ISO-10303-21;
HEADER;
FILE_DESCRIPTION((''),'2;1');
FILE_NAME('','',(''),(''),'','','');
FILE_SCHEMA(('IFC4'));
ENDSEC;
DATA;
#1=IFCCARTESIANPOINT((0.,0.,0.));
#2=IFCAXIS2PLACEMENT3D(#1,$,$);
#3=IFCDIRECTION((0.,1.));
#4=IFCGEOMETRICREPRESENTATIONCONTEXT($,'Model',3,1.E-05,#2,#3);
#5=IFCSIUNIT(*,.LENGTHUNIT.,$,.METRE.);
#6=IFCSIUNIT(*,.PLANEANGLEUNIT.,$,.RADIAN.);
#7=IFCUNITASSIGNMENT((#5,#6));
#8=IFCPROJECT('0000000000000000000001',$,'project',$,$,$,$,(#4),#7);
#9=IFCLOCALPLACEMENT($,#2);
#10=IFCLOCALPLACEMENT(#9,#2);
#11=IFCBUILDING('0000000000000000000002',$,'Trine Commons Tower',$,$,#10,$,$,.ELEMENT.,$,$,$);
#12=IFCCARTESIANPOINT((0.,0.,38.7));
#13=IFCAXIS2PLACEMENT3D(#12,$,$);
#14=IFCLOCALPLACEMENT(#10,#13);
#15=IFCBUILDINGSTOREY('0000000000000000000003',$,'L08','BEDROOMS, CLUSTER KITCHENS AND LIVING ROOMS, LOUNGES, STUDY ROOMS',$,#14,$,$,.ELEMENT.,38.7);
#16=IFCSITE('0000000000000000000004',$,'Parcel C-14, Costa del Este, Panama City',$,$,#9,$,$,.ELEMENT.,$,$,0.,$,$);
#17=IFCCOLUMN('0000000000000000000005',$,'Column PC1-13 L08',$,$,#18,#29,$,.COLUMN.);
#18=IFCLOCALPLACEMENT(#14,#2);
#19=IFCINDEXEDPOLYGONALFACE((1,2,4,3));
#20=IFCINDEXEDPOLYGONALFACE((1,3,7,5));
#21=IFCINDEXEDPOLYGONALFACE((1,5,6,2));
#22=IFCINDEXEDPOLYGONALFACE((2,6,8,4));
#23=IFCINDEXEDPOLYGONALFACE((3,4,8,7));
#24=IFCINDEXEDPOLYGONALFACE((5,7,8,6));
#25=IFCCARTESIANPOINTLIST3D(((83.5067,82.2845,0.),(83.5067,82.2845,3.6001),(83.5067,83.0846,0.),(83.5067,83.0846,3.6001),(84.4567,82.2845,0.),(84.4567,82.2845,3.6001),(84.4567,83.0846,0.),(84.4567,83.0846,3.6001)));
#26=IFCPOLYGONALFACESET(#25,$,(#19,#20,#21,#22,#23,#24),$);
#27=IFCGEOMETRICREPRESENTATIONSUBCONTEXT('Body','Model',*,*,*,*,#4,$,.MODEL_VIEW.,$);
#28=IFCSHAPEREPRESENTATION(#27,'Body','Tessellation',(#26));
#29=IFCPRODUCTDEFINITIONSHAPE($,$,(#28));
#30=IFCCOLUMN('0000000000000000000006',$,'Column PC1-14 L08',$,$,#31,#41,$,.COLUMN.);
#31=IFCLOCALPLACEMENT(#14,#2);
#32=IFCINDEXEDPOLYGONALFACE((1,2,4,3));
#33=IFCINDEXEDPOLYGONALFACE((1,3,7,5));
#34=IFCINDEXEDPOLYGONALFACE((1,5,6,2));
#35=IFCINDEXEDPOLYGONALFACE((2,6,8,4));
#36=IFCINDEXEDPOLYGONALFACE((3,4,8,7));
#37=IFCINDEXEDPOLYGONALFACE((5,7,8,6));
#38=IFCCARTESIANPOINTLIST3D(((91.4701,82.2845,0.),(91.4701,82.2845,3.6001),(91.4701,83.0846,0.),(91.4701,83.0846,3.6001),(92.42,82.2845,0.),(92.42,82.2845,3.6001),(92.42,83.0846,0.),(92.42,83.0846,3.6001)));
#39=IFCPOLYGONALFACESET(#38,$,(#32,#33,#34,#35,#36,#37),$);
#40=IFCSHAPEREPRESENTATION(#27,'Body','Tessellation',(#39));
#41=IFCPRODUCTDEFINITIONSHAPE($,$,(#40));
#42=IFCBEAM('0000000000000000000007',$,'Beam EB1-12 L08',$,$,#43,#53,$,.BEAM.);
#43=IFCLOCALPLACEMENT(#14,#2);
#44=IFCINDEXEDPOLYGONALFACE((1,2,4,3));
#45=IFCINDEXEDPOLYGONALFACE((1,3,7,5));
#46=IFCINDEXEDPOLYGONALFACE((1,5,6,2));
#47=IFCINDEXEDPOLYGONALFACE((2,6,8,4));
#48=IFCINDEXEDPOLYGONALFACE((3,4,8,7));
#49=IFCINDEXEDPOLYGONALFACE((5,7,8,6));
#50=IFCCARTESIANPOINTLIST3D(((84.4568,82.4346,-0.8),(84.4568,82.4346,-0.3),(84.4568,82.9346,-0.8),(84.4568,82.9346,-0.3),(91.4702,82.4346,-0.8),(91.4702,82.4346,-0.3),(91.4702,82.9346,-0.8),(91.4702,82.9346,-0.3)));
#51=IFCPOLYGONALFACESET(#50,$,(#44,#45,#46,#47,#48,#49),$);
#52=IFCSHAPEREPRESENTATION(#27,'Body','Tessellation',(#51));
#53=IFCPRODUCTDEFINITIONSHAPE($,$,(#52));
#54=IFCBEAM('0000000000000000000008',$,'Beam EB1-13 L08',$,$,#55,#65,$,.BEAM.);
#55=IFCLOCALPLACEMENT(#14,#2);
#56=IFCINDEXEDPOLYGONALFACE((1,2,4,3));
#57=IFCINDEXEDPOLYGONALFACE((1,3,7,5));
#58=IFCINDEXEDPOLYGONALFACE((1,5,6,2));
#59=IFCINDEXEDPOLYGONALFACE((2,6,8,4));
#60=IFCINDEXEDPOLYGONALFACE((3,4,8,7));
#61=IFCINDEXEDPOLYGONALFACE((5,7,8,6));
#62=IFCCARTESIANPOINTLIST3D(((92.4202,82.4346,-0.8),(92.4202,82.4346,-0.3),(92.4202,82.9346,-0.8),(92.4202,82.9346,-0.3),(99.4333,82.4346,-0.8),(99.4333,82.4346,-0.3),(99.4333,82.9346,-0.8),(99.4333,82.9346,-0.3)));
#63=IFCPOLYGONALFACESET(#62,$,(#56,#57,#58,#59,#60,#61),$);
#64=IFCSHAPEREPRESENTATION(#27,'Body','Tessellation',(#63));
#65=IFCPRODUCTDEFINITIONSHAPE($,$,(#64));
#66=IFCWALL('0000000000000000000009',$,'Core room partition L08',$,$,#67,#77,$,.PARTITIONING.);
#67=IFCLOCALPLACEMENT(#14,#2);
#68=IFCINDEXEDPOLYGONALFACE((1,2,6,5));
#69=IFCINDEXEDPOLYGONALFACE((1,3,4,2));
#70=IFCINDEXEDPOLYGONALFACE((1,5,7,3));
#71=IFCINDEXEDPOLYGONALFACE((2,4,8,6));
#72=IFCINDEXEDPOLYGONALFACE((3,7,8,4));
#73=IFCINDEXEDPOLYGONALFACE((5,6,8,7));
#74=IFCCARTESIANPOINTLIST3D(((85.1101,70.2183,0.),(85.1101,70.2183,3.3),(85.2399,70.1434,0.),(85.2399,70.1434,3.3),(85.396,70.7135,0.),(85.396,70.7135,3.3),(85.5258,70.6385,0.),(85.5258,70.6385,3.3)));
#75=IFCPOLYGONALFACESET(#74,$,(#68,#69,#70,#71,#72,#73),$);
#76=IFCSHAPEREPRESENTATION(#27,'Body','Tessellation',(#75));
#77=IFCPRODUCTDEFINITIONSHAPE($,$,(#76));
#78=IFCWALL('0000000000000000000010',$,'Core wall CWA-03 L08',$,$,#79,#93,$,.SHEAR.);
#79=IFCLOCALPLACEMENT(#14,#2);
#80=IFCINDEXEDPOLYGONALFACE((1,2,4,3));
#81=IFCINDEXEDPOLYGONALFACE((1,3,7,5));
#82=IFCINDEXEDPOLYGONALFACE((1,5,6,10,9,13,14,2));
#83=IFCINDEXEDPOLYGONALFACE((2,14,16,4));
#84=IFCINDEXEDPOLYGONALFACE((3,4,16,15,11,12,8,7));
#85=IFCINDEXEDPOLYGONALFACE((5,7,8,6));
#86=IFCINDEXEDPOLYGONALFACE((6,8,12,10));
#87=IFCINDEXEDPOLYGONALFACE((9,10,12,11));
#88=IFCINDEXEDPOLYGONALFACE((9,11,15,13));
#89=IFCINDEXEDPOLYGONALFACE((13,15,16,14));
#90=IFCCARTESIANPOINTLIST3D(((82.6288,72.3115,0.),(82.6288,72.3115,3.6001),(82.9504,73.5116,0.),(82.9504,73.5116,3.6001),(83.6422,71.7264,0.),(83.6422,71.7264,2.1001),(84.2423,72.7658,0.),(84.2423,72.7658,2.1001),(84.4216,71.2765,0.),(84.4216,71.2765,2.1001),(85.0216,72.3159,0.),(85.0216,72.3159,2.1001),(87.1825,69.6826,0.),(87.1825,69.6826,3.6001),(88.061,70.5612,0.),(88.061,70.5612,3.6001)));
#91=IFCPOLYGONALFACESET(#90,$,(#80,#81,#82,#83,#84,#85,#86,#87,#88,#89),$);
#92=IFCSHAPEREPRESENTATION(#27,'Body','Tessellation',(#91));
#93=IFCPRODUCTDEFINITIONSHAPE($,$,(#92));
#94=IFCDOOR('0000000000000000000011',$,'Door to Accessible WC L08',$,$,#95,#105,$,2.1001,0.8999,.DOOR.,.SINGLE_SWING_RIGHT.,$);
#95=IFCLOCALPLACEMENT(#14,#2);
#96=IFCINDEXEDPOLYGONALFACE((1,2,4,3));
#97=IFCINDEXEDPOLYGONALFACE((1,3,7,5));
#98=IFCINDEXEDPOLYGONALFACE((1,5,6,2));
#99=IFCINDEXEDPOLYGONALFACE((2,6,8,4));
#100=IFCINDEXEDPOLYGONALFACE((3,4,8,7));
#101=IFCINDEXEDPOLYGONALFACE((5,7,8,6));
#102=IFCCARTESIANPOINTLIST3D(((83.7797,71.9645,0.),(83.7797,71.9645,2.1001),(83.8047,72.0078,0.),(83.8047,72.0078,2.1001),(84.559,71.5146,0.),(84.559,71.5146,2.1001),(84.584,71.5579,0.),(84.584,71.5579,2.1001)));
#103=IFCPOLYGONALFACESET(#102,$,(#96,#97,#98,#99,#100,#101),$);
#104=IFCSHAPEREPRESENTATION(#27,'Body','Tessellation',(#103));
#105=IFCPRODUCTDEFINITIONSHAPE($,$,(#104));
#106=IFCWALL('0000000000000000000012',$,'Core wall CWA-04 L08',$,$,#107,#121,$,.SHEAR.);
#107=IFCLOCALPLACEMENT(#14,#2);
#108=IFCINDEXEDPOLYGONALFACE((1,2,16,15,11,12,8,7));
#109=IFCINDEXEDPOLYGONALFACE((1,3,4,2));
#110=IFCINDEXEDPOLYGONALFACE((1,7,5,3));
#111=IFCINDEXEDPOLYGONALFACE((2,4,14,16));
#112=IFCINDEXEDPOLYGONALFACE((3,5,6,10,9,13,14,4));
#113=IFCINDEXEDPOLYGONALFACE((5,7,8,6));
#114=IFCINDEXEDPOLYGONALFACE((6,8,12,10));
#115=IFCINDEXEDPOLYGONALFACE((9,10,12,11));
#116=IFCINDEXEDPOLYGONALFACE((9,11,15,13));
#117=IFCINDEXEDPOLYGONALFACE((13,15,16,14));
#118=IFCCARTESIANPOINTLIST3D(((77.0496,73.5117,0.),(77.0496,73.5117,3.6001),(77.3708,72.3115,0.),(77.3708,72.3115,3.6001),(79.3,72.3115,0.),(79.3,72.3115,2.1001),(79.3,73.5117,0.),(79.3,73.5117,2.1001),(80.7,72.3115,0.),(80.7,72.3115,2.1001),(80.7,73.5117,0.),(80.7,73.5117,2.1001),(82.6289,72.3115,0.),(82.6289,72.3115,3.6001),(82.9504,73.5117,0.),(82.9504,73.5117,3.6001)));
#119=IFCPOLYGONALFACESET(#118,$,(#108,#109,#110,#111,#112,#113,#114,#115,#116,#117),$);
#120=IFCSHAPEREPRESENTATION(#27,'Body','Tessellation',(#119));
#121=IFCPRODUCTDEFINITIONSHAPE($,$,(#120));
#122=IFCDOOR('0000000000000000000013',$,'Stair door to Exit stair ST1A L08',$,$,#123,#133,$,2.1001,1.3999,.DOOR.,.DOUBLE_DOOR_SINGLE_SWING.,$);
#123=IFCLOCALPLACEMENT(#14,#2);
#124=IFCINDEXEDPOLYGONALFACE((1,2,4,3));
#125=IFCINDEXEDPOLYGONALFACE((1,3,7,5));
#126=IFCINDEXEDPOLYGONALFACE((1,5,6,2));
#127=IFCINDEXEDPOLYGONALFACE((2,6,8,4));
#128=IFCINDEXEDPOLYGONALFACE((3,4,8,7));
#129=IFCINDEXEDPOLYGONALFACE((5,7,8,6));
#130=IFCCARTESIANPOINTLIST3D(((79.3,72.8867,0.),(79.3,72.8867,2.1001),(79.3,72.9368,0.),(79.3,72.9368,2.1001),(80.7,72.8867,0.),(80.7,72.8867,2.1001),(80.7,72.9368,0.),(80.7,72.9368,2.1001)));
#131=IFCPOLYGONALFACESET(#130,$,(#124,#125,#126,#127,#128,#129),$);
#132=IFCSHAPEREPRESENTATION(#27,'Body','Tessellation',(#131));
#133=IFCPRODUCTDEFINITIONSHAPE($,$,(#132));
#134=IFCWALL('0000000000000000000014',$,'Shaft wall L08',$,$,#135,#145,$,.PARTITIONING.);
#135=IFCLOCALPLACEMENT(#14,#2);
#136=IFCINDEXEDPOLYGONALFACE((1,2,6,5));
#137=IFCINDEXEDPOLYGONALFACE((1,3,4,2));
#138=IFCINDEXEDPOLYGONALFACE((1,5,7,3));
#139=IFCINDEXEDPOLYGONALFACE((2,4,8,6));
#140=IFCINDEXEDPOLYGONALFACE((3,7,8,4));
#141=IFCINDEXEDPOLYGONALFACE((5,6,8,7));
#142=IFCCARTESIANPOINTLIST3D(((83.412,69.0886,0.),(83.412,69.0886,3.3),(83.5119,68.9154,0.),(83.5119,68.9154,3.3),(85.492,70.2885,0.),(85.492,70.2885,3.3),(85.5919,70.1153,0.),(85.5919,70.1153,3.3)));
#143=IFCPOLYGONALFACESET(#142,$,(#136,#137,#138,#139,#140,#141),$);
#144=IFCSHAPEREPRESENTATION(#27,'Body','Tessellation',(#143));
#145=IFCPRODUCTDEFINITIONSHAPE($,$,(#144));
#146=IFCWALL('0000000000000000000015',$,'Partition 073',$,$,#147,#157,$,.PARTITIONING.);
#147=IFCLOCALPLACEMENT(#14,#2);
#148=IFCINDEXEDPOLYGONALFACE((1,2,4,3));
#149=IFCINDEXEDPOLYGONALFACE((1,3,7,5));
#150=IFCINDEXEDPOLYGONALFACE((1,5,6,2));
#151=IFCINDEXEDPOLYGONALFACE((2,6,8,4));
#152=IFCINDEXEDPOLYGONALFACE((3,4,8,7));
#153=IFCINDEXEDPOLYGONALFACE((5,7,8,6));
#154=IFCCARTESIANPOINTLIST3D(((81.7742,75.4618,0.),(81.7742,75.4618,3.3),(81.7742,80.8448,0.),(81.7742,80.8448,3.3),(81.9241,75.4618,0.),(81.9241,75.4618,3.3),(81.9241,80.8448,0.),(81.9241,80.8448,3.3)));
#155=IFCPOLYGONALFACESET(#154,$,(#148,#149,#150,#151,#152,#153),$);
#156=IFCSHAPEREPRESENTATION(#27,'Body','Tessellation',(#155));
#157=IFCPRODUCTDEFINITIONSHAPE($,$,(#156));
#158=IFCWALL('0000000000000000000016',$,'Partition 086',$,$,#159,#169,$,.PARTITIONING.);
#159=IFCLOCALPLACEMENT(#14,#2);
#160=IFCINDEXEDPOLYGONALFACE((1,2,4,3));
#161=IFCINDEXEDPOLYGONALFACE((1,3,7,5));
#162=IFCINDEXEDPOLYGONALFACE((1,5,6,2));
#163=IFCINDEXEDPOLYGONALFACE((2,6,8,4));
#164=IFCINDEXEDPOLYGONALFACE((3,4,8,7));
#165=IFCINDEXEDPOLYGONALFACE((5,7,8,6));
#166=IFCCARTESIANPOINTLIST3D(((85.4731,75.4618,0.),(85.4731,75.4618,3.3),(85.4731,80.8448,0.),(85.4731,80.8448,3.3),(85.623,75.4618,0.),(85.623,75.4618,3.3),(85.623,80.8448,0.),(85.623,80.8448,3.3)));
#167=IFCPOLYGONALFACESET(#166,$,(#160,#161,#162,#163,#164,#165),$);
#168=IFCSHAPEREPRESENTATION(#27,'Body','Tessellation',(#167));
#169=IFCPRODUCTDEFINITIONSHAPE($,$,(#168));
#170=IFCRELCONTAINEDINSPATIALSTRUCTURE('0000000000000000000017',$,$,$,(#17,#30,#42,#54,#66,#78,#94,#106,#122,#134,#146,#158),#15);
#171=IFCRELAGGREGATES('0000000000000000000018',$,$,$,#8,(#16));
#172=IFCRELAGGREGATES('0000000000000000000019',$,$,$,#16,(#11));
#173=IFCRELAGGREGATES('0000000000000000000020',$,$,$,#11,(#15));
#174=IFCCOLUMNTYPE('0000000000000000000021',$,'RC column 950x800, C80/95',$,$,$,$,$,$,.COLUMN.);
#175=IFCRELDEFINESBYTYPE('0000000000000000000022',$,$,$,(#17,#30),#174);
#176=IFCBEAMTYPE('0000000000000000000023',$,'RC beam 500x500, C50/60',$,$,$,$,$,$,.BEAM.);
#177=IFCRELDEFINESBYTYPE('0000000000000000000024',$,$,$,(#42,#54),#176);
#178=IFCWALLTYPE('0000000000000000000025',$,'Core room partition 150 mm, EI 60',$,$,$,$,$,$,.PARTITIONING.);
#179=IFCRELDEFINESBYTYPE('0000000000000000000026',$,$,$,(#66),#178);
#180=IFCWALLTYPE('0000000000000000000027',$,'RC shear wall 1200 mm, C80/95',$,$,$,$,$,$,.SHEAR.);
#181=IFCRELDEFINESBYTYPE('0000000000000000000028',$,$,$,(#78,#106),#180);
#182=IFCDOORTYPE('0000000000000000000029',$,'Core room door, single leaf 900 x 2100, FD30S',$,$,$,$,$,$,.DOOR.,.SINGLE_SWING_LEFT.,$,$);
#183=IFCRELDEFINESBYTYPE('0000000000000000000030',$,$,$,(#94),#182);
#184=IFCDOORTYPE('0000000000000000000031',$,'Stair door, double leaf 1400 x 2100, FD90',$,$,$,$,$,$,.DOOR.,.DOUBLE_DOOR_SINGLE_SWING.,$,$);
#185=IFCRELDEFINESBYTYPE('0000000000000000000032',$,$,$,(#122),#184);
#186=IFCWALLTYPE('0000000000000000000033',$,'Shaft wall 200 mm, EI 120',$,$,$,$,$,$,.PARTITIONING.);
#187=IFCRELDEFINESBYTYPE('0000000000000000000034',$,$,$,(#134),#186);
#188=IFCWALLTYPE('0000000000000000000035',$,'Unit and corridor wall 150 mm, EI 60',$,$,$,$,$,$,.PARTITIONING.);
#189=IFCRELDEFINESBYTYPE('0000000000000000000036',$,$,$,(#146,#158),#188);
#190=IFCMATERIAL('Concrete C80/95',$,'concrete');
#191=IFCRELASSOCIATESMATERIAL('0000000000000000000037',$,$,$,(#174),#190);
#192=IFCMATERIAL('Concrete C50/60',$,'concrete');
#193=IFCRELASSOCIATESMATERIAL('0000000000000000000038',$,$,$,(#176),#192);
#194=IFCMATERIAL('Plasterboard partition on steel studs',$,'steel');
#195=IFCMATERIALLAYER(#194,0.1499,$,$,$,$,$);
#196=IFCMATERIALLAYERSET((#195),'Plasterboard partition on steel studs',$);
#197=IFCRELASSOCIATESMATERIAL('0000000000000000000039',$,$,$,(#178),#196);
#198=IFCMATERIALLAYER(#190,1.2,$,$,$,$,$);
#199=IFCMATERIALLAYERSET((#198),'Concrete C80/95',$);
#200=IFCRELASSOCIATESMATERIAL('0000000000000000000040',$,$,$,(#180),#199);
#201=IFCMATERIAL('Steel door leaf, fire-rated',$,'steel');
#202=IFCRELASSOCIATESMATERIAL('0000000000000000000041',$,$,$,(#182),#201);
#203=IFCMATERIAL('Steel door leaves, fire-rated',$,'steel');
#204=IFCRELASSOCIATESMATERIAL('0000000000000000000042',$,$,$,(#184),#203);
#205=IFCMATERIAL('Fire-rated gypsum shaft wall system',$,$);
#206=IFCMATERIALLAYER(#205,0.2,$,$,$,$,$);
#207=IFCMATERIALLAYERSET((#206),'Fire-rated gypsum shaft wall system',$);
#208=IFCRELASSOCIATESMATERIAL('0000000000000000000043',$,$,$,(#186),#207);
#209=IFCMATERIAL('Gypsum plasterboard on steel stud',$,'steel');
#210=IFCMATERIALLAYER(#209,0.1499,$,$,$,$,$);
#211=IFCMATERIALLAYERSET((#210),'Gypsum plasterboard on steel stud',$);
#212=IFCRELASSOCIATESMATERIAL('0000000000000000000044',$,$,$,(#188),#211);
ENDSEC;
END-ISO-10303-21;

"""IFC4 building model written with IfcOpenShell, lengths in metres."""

from ifc_helpers import new_model, si_unit, direction, frame, frame_2d, origin, origin_2d, place, context, subcontext, project, spatial, polyline, rectangle, outline, extrude, material, layer, layer_set, material_profile, profile_set, type_object, element, fill, save


model = new_model("IFC4")

# Units and contexts
model_context = context("Model", 3, precision=1e-05, world=origin(), true_north=direction((0.0, 1.0)))
body_context = subcontext(model_context, "Body", "Model", "MODEL_VIEW")
ifc_project = project(units=[si_unit("LENGTHUNIT", "METRE"), si_unit("PLANEANGLEUNIT", "RADIAN")], contexts=[model_context])

# Site, building, storey
site_placement = place(None, origin())
site = spatial("IfcSite", under=ifc_project, at=site_placement, Name="Parcel C-14, Costa del Este, Panama City", CompositionType="ELEMENT", RefElevation=0.0)
building_placement = place(site_placement, origin())
building = spatial("IfcBuilding", under=site, at=building_placement, Name="Trine Commons Tower", CompositionType="ELEMENT")
storey_placement = place(building_placement, frame((0.0, 0.0, 38.7)))
storey = spatial("IfcBuildingStorey", under=building, at=storey_placement, Name="L08", Description="BEDROOMS, CLUSTER KITCHENS AND LIVING ROOMS, LOUNGES, STUDY ROOMS", CompositionType="ELEMENT", Elevation=38.7)

# Columns
ifc_material_1 = material(Name="Concrete C80/95", Category="concrete")
ifc_material_profile_1 = material_profile(ifc_material_1, rectangle(XDim=0.95, YDim=0.8, at=origin_2d()), Name="RC 950x800")
ifc_profile_set_1 = profile_set([ifc_material_profile_1], Name="Concrete C80/95")
column_type = type_object("IfcColumnType", Name="RC column 950x800, C80/95", PredefinedType="COLUMN", material=ifc_profile_set_1)
for number, where, z_axis, x_axis, name in (
    (1, (83.9817, 82.6846, 0.0), (0.0, 0.0, 1.0), (1.0, 0.0, 0.0), "Column PC1-13 L08"),
    (2, (91.9451, 82.6846, 0.0), (0.0, 0.0, 1.0), (1.0, 0.0, 0.0), "Column PC1-14 L08"),
):
    element("IfcColumn", number, at=place(storey_placement, frame(where, z_axis=z_axis, x_axis=x_axis)), inside=storey, type_object=column_type, Name=name, PredefinedType="COLUMN", context=body_context, shape_type="SweptSolid", body=[
        extrude(rectangle(XDim=0.95, YDim=0.8, at=origin_2d()), origin(), (0.0, 0.0, 1.0), 3.6001),
    ])

# Beams
ifc_material_2 = material(Name="Concrete C50/60", Category="concrete")
ifc_material_profile_2 = material_profile(ifc_material_2, rectangle(XDim=0.5, YDim=0.5, at=origin_2d()), Name="RC 500x500")
ifc_profile_set_2 = profile_set([ifc_material_profile_2], Name="Concrete C50/60")
beam_type = type_object("IfcBeamType", Name="RC beam 500x500, C50/60", PredefinedType="BEAM", material=ifc_profile_set_2)
beam_1_placement = place(storey_placement, frame((84.4568, 82.6846, -0.55), z_axis=(1.0, 0.0, 0.0), x_axis=(0.0, 1.0, 0.0)))
element("IfcBeam", 3, at=beam_1_placement, inside=storey, type_object=beam_type, Name="Beam EB1-12 L08", PredefinedType="BEAM", context=body_context, shape_type="SweptSolid", body=[
    extrude(rectangle(XDim=0.5, YDim=0.5, at=origin_2d()), origin(), (0.0, 0.0, 1.0), 7.0134),
])
beam_2_placement = place(storey_placement, frame((92.4202, 82.6846, -0.55), z_axis=(1.0, 0.0, 0.0), x_axis=(0.0, 1.0, 0.0)))
element("IfcBeam", 4, at=beam_2_placement, inside=storey, type_object=beam_type, Name="Beam EB1-13 L08", PredefinedType="BEAM", context=body_context, shape_type="SweptSolid", body=[
    extrude(rectangle(XDim=0.5, YDim=0.5, at=origin_2d()), origin(), (0.0, 0.0, 1.0), 7.0132),
])

# Wall
ifc_material_3 = material(Name="Plasterboard partition on steel studs", Category="steel")
ifc_layer_1 = layer(ifc_material_3, 0.1499)
ifc_layer_set_1 = layer_set([ifc_layer_1], Name="Plasterboard partition on steel studs")
wall_type_1 = type_object("IfcWallType", Name="Core room partition 150 mm, EI 60", PredefinedType="PARTITIONING", material=ifc_layer_set_1)
wall_1_placement = place(storey_placement, frame((85.4609, 70.676, 0.0), z_axis=(0.0, 0.0, 1.0), x_axis=(-0.500043, -0.866001, 0.0)))
element("IfcWall", 5, at=wall_1_placement, inside=storey, type_object=wall_type_1, Name="Core room partition L08", PredefinedType="PARTITIONING", context=body_context, shape_type="SweptSolid", body=[
    extrude(rectangle(XDim=0.5718, YDim=0.1499, at=frame_2d((0.2859, 0.0))), origin(), (0.0, 0.0, 1.0), 3.3),
])

# Walls, openings, doors
ifc_layer_2 = layer(ifc_material_1, 1.2)
ifc_layer_set_2 = layer_set([ifc_layer_2], Name="Concrete C80/95")
wall_type_2 = type_object("IfcWallType", Name="RC shear wall 1200 mm, C80/95", PredefinedType="SHEAR", material=ifc_layer_set_2)
wall_2_placement = place(storey_placement, frame((87.761, 70.0415, 0.0), z_axis=(0.0, 0.0, 1.0), x_axis=(-0.866037, 0.499979, 0.0)))
wall_2 = element("IfcWall", 6, at=wall_2_placement, inside=storey, type_object=wall_type_2, Name="Core wall CWA-03 L08", PredefinedType="SHEAR", context=body_context, shape_type="SweptSolid", body=[
    extrude(outline(polyline([(0.0, -0.6001), (5.9011, -0.6001), (5.5796, 0.6001), (0.3215, 0.6001), (0.0, -0.6001)])), origin(), (0.0, 0.0, 1.0), 3.6001),
])
opening_1_placement = place(wall_2_placement, frame((3.5095, 0.0, 0.0)))
opening_1 = element("IfcOpeningElement", 7, at=opening_1_placement, cuts=wall_2, PredefinedType="OPENING", context=body_context, shape_type="SweptSolid", body=[
    extrude(rectangle(XDim=0.8999, YDim=2.1001, at=frame_2d((0.45, 1.05))), frame((0.0, 0.6099, 0.0), z_axis=(0.0, -1.0, 0.0), x_axis=(1.0, 0.0, 0.0)), (0.0, 0.0, 1.0), 1.22),
])
ifc_material_4 = material(Name="Steel door leaf, fire-rated", Category="steel")
door_type_1 = type_object("IfcDoorType", Name="Core room door, single leaf 900 x 2100, FD30S", OperationType="SINGLE_SWING_LEFT", PredefinedType="DOOR", material=ifc_material_4)
door_1_placement = place(opening_1_placement, origin())
door_1 = element("IfcDoor", 8, at=door_1_placement, inside=storey, type_object=door_type_1, Name="Door to Accessible WC L08", OperationType="SINGLE_SWING_RIGHT", OverallHeight=2.1001, OverallWidth=0.8999, PredefinedType="DOOR", context=body_context, shape_type="SweptSolid", body=[
    extrude(rectangle(XDim=0.8999, YDim=2.1001, at=frame_2d((0.45, 1.05))), frame((0.0, 0.3252, 0.0), z_axis=(0.0, -1.0, 0.0), x_axis=(1.0, 0.0, 0.0)), (0.0, 0.0, 1.0), 0.05),
])
fill(opening_1, door_1)
wall_3_placement = place(storey_placement, frame((82.9504, 72.9116, 0.0), z_axis=(0.0, 0.0, 1.0), x_axis=(-1.0, 0.0, 0.0)))
wall_3 = element("IfcWall", 9, at=wall_3_placement, inside=storey, type_object=wall_type_2, Name="Core wall CWA-04 L08", PredefinedType="SHEAR", context=body_context, shape_type="SweptSolid", body=[
    extrude(outline(polyline([(0.0, -0.6001), (5.9009, -0.6001), (5.5796, 0.6001), (0.3215, 0.6001), (0.0, -0.6001)])), origin(), (0.0, 0.0, 1.0), 3.6001),
])
opening_2_placement = place(wall_3_placement, frame((2.2505, 0.0, 0.0)))
opening_2 = element("IfcOpeningElement", 10, at=opening_2_placement, cuts=wall_3, PredefinedType="OPENING", context=body_context, shape_type="SweptSolid", body=[
    extrude(rectangle(XDim=1.3999, YDim=2.1001, at=frame_2d((0.7, 1.05))), frame((0.0, 0.6099, 0.0), z_axis=(0.0, -1.0, 0.0), x_axis=(1.0, 0.0, 0.0)), (0.0, 0.0, 1.0), 1.22),
])
ifc_material_5 = material(Name="Steel door leaves, fire-rated", Category="steel")
door_type_2 = type_object("IfcDoorType", Name="Stair door, double leaf 1400 x 2100, FD90", OperationType="DOUBLE_DOOR_SINGLE_SWING", PredefinedType="DOOR", material=ifc_material_5)
door_2_placement = place(opening_2_placement, origin())
door_2 = element("IfcDoor", 11, at=door_2_placement, inside=storey, type_object=door_type_2, Name="Stair door to Exit stair ST1A L08", OperationType="DOUBLE_DOOR_SINGLE_SWING", OverallHeight=2.1001, OverallWidth=1.3999, PredefinedType="DOOR", context=body_context, shape_type="SweptSolid", body=[
    extrude(rectangle(XDim=1.3999, YDim=2.1001, at=frame_2d((0.7, 1.05))), frame((0.0, 0.0249, 0.0), z_axis=(0.0, -1.0, 0.0), x_axis=(1.0, 0.0, 0.0)), (0.0, 0.0, 1.0), 0.05),
])
fill(opening_2, door_2)

# Walls
ifc_material_6 = material(Name="Fire-rated gypsum shaft wall system")
ifc_layer_3 = layer(ifc_material_6, 0.2)
ifc_layer_set_3 = layer_set([ifc_layer_3], Name="Fire-rated gypsum shaft wall system")
wall_type_3 = type_object("IfcWallType", Name="Shaft wall 200 mm, EI 120", PredefinedType="PARTITIONING", material=ifc_layer_set_3)
wall_4_placement = place(storey_placement, frame((83.4619, 69.002, 0.0), z_axis=(0.0, 0.0, 1.0), x_axis=(0.866203, 0.499693, 0.0)))
element("IfcWall", 12, at=wall_4_placement, inside=storey, type_object=wall_type_3, Name="Shaft wall L08", PredefinedType="PARTITIONING", context=body_context, shape_type="SweptSolid", body=[
    extrude(rectangle(XDim=2.4014, YDim=0.2, at=frame_2d((1.2007, 0.0))), origin(), (0.0, 0.0, 1.0), 3.3),
])
ifc_material_7 = material(Name="Gypsum plasterboard on steel stud", Category="steel")
ifc_layer_4 = layer(ifc_material_7, 0.1499)
ifc_layer_set_4 = layer_set([ifc_layer_4], Name="Gypsum plasterboard on steel stud")
wall_type_4 = type_object("IfcWallType", Name="Unit and corridor wall 150 mm, EI 60", PredefinedType="PARTITIONING", material=ifc_layer_set_4)
for number, where, z_axis, x_axis, name in (
    (13, (81.8491, 75.4619, 0.0), (0.0, 0.0, 1.0), (0.0, 1.0, 0.0), "Partition 073"),
    (14, (85.5481, 75.4619, 0.0), (0.0, 0.0, 1.0), (0.0, 1.0, 0.0), "Partition 086"),
):
    element("IfcWall", number, at=place(storey_placement, frame(where, z_axis=z_axis, x_axis=x_axis)), inside=storey, type_object=wall_type_4, Name=name, PredefinedType="PARTITIONING", context=body_context, shape_type="SweptSolid", body=[
        extrude(rectangle(XDim=5.3831, YDim=0.1499, at=frame_2d((2.6914, 0.0))), origin(), (0.0, 0.0, 1.0), 3.3),
    ])

save(model, "model.ifc")
